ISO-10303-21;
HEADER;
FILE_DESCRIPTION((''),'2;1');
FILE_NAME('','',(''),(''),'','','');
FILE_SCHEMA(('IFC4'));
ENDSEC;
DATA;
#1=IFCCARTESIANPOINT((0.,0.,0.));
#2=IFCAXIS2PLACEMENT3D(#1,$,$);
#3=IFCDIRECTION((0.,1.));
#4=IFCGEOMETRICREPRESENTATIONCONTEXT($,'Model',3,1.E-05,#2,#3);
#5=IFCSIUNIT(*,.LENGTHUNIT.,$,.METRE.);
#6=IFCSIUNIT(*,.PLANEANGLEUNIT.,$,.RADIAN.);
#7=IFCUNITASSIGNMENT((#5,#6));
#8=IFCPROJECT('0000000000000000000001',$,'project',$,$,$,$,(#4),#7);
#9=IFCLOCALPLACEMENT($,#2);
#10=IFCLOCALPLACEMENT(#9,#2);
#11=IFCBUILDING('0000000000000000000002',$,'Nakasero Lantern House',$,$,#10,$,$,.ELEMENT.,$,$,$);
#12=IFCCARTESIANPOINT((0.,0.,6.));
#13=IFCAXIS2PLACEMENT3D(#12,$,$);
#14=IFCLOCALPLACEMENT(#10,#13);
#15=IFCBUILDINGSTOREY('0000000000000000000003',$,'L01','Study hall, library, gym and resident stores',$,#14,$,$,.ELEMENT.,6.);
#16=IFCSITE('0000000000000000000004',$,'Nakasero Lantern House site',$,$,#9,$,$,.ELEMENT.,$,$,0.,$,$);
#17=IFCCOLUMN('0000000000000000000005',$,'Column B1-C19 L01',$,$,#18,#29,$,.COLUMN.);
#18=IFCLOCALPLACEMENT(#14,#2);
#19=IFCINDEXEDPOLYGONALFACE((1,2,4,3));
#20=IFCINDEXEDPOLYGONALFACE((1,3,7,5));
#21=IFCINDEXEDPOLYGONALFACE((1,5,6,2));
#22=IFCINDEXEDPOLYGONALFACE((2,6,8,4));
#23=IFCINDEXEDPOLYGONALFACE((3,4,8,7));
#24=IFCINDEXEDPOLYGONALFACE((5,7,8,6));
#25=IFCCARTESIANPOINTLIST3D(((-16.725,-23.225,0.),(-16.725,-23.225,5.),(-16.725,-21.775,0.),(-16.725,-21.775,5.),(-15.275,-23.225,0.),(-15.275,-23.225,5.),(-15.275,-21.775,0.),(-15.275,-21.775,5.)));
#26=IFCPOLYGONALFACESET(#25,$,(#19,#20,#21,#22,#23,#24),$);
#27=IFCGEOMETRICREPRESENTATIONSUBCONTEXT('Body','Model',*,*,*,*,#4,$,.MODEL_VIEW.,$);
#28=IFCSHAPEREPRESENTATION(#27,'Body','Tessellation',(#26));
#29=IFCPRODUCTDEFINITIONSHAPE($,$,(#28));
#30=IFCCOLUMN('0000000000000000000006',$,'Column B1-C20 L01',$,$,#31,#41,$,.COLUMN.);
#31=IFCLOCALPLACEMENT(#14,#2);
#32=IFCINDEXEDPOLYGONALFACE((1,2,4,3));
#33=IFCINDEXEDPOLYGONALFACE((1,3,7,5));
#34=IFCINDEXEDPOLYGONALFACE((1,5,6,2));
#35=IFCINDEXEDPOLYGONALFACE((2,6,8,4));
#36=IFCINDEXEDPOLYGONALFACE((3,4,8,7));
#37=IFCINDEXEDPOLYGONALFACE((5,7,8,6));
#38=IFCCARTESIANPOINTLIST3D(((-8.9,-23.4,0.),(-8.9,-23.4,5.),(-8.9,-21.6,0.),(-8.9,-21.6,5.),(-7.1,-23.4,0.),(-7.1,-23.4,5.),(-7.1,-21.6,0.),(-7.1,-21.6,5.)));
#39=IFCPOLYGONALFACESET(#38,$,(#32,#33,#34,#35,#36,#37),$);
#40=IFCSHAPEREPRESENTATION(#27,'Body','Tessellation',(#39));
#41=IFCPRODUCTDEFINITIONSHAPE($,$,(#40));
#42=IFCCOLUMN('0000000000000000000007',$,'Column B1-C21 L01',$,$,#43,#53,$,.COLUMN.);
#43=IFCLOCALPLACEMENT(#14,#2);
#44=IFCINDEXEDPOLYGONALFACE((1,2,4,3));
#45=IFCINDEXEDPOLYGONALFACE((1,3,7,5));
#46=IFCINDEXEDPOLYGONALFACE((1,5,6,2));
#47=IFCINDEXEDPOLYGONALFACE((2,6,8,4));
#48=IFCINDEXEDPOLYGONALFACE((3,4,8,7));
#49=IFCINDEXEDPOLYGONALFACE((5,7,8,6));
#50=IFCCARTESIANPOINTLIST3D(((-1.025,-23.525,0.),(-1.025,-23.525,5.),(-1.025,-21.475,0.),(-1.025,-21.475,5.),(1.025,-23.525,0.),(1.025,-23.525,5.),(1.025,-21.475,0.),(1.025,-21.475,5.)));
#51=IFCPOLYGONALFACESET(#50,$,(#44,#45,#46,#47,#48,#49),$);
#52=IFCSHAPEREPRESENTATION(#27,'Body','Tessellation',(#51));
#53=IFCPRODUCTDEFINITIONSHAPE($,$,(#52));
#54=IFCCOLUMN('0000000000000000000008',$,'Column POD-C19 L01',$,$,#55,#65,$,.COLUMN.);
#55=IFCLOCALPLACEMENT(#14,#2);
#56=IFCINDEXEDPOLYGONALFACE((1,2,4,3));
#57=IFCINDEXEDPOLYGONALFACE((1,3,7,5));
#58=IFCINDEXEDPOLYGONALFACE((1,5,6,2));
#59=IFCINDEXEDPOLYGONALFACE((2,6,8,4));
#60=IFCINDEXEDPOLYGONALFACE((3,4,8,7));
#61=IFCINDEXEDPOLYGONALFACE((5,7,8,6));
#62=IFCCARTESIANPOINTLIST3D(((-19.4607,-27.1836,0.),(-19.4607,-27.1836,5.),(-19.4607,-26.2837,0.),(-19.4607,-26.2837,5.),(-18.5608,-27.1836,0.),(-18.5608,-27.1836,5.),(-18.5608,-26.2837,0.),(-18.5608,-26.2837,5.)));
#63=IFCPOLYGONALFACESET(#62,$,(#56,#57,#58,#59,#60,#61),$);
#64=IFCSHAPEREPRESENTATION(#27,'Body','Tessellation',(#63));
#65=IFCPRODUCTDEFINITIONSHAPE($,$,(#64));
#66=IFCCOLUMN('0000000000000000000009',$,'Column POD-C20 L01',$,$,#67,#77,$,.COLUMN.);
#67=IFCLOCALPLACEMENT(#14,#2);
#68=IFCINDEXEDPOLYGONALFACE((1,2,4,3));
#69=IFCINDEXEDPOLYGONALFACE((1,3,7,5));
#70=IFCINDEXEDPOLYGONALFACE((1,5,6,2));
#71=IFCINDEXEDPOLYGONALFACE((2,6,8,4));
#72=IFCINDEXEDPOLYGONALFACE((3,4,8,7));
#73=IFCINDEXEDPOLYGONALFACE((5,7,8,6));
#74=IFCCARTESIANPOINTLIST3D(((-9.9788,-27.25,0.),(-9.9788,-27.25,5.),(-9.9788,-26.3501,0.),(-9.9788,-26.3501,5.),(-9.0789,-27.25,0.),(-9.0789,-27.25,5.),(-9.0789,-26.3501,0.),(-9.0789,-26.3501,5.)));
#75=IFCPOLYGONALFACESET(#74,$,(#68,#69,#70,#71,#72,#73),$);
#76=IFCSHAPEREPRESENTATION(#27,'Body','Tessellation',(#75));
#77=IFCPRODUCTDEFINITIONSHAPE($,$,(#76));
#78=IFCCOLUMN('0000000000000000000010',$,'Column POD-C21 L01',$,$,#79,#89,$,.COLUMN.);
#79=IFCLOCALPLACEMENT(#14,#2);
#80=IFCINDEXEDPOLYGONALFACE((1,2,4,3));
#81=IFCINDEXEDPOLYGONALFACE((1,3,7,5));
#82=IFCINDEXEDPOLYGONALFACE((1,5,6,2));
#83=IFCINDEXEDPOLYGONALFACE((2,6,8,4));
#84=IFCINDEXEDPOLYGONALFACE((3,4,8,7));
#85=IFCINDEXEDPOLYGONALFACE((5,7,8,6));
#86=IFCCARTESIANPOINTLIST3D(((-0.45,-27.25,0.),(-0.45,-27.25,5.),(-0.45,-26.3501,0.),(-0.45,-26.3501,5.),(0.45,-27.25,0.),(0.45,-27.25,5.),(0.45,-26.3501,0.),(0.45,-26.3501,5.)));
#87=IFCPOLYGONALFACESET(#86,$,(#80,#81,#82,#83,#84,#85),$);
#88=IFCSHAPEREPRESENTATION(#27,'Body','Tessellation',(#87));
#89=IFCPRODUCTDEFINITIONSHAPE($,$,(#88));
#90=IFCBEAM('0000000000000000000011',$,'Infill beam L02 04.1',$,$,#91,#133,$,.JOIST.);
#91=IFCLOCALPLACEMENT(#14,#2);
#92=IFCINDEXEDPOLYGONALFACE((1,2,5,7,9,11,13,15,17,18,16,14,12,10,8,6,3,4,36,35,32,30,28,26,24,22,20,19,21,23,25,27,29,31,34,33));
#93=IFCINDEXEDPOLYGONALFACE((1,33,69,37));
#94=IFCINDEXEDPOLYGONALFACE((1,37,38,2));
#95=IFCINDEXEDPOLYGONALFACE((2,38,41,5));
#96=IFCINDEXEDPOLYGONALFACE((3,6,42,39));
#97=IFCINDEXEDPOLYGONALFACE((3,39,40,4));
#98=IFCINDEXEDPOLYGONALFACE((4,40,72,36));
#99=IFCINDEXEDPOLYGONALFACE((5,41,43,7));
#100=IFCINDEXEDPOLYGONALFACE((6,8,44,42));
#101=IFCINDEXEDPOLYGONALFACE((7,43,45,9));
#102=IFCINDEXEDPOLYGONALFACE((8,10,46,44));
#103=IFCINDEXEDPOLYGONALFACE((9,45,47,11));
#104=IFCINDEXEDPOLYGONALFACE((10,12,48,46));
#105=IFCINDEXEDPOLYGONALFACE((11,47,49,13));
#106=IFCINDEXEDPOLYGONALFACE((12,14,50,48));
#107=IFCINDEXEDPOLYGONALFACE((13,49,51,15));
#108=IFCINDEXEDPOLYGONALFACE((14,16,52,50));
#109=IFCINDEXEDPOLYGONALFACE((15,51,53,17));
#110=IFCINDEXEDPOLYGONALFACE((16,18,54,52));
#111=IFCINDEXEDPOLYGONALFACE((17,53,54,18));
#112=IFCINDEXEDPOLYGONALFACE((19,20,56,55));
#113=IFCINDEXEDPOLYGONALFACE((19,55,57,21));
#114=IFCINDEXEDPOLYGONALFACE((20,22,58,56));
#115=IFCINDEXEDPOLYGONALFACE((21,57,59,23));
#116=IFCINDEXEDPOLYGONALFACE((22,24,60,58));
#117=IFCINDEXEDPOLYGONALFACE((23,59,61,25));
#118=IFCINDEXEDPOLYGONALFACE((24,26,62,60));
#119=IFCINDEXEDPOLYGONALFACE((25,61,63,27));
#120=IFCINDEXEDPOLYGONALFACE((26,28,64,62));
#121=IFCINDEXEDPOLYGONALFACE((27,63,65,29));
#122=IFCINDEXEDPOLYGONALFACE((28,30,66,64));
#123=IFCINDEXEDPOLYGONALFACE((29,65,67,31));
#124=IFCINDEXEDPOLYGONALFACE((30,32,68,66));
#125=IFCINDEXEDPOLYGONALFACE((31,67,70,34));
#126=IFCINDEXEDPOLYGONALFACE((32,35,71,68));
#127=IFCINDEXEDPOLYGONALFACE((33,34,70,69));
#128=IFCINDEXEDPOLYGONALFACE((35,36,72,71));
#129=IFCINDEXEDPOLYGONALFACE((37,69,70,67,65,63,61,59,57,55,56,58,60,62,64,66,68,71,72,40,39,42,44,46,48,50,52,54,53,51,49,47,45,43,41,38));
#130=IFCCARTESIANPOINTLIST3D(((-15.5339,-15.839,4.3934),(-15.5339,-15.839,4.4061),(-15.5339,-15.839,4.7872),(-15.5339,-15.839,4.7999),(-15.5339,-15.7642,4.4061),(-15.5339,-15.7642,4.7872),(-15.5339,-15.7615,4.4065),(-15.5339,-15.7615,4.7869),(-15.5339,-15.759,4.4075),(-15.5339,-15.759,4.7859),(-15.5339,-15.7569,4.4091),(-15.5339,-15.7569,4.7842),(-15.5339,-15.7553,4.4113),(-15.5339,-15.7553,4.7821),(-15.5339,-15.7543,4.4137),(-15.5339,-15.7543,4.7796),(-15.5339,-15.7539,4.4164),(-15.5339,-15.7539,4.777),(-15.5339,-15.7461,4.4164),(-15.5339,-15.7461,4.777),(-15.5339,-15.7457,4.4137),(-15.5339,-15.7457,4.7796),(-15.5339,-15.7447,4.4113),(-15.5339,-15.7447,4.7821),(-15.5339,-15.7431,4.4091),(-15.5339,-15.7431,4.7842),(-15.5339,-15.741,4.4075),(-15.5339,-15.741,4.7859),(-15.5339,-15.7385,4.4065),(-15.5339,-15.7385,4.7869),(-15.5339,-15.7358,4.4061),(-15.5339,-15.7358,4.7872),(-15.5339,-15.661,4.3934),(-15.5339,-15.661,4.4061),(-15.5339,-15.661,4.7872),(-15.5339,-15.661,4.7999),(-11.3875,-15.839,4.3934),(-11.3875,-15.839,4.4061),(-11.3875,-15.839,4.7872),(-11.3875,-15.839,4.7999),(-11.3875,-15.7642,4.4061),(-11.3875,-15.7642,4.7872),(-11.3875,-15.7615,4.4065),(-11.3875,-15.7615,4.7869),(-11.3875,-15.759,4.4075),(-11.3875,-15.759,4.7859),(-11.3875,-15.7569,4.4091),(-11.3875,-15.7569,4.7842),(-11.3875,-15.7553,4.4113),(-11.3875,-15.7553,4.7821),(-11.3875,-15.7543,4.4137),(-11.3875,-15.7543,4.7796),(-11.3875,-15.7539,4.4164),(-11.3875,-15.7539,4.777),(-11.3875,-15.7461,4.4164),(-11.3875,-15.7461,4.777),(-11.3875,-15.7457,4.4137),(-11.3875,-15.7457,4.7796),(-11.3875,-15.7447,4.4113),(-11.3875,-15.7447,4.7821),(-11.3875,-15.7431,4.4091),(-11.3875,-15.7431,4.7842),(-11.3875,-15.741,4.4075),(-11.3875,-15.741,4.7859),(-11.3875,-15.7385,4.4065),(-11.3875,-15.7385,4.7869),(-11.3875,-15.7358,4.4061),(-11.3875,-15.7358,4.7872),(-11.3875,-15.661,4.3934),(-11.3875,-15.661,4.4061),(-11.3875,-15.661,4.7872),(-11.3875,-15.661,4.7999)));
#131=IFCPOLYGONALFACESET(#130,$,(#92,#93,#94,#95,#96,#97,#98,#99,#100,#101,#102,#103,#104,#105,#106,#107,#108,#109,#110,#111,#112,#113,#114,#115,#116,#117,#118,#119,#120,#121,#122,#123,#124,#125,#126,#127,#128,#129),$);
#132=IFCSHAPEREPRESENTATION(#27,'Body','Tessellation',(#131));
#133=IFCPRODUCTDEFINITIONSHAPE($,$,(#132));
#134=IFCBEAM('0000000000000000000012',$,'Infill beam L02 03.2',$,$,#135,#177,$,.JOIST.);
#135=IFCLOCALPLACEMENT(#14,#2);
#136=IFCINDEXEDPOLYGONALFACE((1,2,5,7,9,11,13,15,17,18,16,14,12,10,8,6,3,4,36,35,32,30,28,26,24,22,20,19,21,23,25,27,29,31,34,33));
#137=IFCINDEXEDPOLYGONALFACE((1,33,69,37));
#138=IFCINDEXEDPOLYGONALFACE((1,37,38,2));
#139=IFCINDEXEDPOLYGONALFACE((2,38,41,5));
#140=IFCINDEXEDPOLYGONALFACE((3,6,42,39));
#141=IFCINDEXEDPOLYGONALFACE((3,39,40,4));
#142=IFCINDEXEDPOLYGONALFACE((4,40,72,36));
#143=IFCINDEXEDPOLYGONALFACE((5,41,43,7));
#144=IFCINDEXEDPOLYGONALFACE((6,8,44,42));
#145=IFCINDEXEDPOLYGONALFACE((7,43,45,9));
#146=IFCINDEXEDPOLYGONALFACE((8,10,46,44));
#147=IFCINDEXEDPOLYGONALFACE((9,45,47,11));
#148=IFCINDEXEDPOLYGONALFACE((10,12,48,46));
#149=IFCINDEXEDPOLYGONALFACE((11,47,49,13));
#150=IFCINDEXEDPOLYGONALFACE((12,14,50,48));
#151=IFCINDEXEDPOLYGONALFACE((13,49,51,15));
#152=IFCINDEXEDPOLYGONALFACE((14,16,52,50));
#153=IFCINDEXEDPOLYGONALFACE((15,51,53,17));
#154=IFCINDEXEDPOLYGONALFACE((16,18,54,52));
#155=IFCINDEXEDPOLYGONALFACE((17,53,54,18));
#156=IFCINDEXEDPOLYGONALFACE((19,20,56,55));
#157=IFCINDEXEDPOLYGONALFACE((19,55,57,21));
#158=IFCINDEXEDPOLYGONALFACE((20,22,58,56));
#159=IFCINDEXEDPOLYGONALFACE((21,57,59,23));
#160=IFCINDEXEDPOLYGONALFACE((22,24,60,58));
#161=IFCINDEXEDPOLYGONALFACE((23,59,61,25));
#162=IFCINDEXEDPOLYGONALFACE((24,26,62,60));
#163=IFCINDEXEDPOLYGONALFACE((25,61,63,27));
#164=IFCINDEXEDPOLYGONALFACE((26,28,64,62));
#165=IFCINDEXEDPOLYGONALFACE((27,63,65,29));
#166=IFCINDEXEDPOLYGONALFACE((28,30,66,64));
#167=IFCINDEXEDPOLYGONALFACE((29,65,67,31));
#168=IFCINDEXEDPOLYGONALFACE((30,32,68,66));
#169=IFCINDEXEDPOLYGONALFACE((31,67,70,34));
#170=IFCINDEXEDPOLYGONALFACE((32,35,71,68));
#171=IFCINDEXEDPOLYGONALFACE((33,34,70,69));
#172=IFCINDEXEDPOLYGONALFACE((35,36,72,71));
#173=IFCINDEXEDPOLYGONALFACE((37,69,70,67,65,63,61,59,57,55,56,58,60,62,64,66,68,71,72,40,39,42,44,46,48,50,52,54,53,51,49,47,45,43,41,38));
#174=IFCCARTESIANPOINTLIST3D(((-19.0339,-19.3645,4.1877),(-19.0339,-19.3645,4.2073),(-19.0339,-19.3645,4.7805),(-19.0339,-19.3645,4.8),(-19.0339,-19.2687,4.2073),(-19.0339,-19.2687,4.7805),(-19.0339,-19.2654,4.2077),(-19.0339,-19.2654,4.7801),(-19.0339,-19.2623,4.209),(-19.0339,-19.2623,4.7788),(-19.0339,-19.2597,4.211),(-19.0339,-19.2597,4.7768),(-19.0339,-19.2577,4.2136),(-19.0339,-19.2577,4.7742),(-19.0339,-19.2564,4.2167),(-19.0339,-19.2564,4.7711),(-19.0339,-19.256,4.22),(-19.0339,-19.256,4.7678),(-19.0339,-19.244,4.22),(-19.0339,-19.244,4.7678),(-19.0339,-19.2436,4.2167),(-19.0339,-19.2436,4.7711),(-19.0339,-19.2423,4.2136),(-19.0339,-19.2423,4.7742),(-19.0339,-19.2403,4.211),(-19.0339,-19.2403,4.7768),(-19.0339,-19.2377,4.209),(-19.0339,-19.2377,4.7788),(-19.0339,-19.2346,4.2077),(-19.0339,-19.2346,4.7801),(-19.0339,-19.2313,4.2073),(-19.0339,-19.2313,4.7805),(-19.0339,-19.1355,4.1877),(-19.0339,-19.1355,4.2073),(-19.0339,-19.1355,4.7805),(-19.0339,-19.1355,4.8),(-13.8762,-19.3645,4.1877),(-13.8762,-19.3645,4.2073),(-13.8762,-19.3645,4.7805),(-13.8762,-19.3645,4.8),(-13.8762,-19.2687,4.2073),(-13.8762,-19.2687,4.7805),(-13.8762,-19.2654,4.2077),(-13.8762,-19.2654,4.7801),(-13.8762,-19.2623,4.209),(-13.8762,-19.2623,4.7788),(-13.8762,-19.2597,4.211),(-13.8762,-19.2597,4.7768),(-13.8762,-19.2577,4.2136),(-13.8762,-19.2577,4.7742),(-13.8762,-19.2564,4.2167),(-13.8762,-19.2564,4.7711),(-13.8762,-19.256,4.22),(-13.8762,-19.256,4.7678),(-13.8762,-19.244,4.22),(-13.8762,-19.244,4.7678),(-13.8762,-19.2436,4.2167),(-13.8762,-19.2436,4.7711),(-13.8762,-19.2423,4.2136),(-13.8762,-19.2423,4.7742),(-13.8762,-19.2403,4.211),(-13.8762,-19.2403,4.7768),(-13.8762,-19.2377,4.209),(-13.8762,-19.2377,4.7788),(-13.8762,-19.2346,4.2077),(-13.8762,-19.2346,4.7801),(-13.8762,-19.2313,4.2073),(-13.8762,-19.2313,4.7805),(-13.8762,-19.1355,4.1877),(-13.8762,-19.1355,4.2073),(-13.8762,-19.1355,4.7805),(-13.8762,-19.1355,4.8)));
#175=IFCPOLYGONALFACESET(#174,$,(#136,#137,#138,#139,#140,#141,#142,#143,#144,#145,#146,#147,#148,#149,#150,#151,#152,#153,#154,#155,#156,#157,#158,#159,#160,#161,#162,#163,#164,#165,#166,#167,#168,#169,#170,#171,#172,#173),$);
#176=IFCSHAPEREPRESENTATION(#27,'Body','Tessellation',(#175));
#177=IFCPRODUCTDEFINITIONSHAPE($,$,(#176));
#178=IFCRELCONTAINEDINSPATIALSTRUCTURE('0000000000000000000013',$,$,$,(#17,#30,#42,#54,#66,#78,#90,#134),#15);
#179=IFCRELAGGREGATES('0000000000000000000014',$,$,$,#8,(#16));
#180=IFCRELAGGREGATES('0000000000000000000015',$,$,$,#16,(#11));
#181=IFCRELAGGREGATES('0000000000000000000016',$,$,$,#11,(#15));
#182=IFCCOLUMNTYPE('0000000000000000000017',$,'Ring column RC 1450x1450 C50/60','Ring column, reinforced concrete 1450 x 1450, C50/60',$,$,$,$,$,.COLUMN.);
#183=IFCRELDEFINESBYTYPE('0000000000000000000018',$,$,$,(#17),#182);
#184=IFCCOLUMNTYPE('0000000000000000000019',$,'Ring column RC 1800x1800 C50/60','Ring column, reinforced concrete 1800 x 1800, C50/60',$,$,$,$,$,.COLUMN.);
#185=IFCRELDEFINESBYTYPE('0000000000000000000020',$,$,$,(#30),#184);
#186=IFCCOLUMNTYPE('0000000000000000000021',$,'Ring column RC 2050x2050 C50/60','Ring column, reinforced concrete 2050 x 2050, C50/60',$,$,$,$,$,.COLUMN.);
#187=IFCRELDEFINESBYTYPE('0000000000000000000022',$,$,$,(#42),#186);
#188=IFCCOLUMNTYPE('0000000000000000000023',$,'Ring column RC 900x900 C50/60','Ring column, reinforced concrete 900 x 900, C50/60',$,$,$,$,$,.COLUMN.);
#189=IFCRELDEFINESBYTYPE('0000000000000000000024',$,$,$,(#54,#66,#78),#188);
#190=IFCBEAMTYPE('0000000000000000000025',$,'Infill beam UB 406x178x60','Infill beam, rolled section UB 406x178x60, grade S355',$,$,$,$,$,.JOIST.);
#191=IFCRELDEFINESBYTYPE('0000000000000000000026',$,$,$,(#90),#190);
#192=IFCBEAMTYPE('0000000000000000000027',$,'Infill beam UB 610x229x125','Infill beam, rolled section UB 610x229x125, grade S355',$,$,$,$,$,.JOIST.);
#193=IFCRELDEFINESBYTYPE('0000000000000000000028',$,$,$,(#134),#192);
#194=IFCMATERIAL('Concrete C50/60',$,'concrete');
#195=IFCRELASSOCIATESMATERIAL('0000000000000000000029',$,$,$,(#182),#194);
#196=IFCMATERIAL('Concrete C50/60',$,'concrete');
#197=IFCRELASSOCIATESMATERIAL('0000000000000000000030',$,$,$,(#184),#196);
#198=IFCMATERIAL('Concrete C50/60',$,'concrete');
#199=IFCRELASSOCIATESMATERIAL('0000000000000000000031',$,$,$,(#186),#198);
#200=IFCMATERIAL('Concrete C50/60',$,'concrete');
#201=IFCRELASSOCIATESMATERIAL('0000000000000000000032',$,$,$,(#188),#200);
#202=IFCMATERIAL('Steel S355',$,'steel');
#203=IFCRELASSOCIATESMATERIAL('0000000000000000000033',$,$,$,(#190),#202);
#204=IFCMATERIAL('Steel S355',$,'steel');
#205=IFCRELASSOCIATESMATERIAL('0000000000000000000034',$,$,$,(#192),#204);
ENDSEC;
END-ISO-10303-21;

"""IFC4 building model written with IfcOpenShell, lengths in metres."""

from ifc_helpers import new_model, si_unit, direction, frame, origin, origin_2d, place, context, subcontext, project, spatial, rectangle, i_section, extrude, material, material_profile, profile_set, type_object, element, save


model = new_model("IFC4")

# Units and contexts
model_context = context("Model", 3, precision=1e-05, world=origin(), true_north=direction((0.0, 1.0)))
body_context = subcontext(model_context, "Body", "Model", "MODEL_VIEW")
ifc_project = project(units=[si_unit("LENGTHUNIT", "METRE"), si_unit("PLANEANGLEUNIT", "RADIAN")], contexts=[model_context])

# Site, building, storey
site_placement = place(None, origin())
site = spatial("IfcSite", under=ifc_project, at=site_placement, Name="Nakasero Lantern House site", CompositionType="ELEMENT", RefElevation=0.0)
building_placement = place(site_placement, origin())
building = spatial("IfcBuilding", under=site, at=building_placement, Name="Nakasero Lantern House", CompositionType="ELEMENT")
storey_placement = place(building_placement, frame((0.0, 0.0, 6.0)))
storey = spatial("IfcBuildingStorey", under=building, at=storey_placement, Name="L01", Description="Study hall, library, gym and resident stores", CompositionType="ELEMENT", Elevation=6.0)

# Columns
ifc_material_1 = material(Name="Concrete C50/60", Category="concrete")
ifc_material_profile_1 = material_profile(ifc_material_1, rectangle(XDim=1.45, YDim=1.45, at=origin_2d()), Name="RC 1450x1450")
ifc_profile_set_1 = profile_set([ifc_material_profile_1], Name="Concrete C50/60")
column_type_1 = type_object("IfcColumnType", Name="Ring column RC 1450x1450 C50/60", Description="Ring column, reinforced concrete 1450 x 1450, C50/60", PredefinedType="COLUMN", material=ifc_profile_set_1)
column_1_placement = place(storey_placement, frame((-16.0, -22.5, 0.0), z_axis=(0.0, 0.0, 1.0), x_axis=(1.0, 0.0, 0.0)))
element("IfcColumn", 1, at=column_1_placement, inside=storey, type_object=column_type_1, Name="Column B1-C19 L01", PredefinedType="COLUMN", context=body_context, shape_type="SweptSolid", body=[
    extrude(rectangle(XDim=1.45, YDim=1.45, at=origin_2d()), origin(), (0.0, 0.0, 1.0), 5.0),
])
ifc_material_2 = material(Name="Concrete C50/60", Category="concrete")
ifc_material_profile_2 = material_profile(ifc_material_2, rectangle(XDim=1.8, YDim=1.8, at=origin_2d()), Name="RC 1800x1800")
ifc_profile_set_2 = profile_set([ifc_material_profile_2], Name="Concrete C50/60")
column_type_2 = type_object("IfcColumnType", Name="Ring column RC 1800x1800 C50/60", Description="Ring column, reinforced concrete 1800 x 1800, C50/60", PredefinedType="COLUMN", material=ifc_profile_set_2)
column_2_placement = place(storey_placement, frame((-8.0, -22.5, 0.0), z_axis=(0.0, 0.0, 1.0), x_axis=(1.0, 0.0, 0.0)))
element("IfcColumn", 2, at=column_2_placement, inside=storey, type_object=column_type_2, Name="Column B1-C20 L01", PredefinedType="COLUMN", context=body_context, shape_type="SweptSolid", body=[
    extrude(rectangle(XDim=1.8, YDim=1.8, at=origin_2d()), origin(), (0.0, 0.0, 1.0), 5.0),
])
ifc_material_3 = material(Name="Concrete C50/60", Category="concrete")
ifc_material_profile_3 = material_profile(ifc_material_3, rectangle(XDim=2.05, YDim=2.05, at=origin_2d()), Name="RC 2050x2050")
ifc_profile_set_3 = profile_set([ifc_material_profile_3], Name="Concrete C50/60")
column_type_3 = type_object("IfcColumnType", Name="Ring column RC 2050x2050 C50/60", Description="Ring column, reinforced concrete 2050 x 2050, C50/60", PredefinedType="COLUMN", material=ifc_profile_set_3)
column_3_placement = place(storey_placement, frame((0.0, -22.5, 0.0), z_axis=(0.0, 0.0, 1.0), x_axis=(1.0, 0.0, 0.0)))
element("IfcColumn", 3, at=column_3_placement, inside=storey, type_object=column_type_3, Name="Column B1-C21 L01", PredefinedType="COLUMN", context=body_context, shape_type="SweptSolid", body=[
    extrude(rectangle(XDim=2.05, YDim=2.05, at=origin_2d()), origin(), (0.0, 0.0, 1.0), 5.0),
])
ifc_material_4 = material(Name="Concrete C50/60", Category="concrete")
ifc_material_profile_4 = material_profile(ifc_material_4, rectangle(XDim=0.8999, YDim=0.8999, at=origin_2d()), Name="RC 900x900")
ifc_profile_set_4 = profile_set([ifc_material_profile_4], Name="Concrete C50/60")
column_type_4 = type_object("IfcColumnType", Name="Ring column RC 900x900 C50/60", Description="Ring column, reinforced concrete 900 x 900, C50/60", PredefinedType="COLUMN", material=ifc_profile_set_4)
for number, where, z_axis, x_axis, name in (
    (4, (-19.0107, -26.7336, 0.0), (0.0, 0.0, 1.0), (1.0, 0.0, 0.0), "Column POD-C19 L01"),
    (5, (-9.5288, -26.8, 0.0), (0.0, 0.0, 1.0), (1.0, 0.0, 0.0), "Column POD-C20 L01"),
    (6, (0.0, -26.8, 0.0), (0.0, 0.0, 1.0), (1.0, 0.0, 0.0), "Column POD-C21 L01"),
):
    element("IfcColumn", number, at=place(storey_placement, frame(where, z_axis=z_axis, x_axis=x_axis)), inside=storey, type_object=column_type_4, Name=name, PredefinedType="COLUMN", context=body_context, shape_type="SweptSolid", body=[
        extrude(rectangle(XDim=0.8999, YDim=0.8999, at=origin_2d()), origin(), (0.0, 0.0, 1.0), 5.0),
    ])

# Beams
ifc_material_5 = material(Name="Steel S355", Category="steel")
ifc_material_profile_5 = material_profile(ifc_material_5, i_section(OverallWidth=0.178, OverallDepth=0.4065, WebThickness=0.0078, FlangeThickness=0.0127, FilletRadius=0.0103, at=origin_2d()), Name="UB 406x178x60")
ifc_profile_set_5 = profile_set([ifc_material_profile_5], Name="Steel S355")
beam_type_1 = type_object("IfcBeamType", Name="Infill beam UB 406x178x60", Description="Infill beam, rolled section UB 406x178x60, grade S355", PredefinedType="JOIST", material=ifc_profile_set_5)
beam_1_placement = place(storey_placement, frame((-15.5339, -15.75, 4.5967), z_axis=(1.0, 0.0, 0.0), x_axis=(0.0, 1.0, 0.0)))
element("IfcBeam", 7, at=beam_1_placement, inside=storey, type_object=beam_type_1, Name="Infill beam L02 04.1", PredefinedType="JOIST", context=body_context, shape_type="SweptSolid", body=[
    extrude(i_section(OverallWidth=0.178, OverallDepth=0.4065, WebThickness=0.0078, FlangeThickness=0.0127, FilletRadius=0.0103, at=origin_2d()), origin(), (0.0, 0.0, 1.0), 4.1465),
])
ifc_material_6 = material(Name="Steel S355", Category="steel")
ifc_material_profile_6 = material_profile(ifc_material_6, i_section(OverallWidth=0.229, OverallDepth=0.6123, WebThickness=0.012, FlangeThickness=0.0195, FilletRadius=0.0127, at=origin_2d()), Name="UB 610x229x125")
ifc_profile_set_6 = profile_set([ifc_material_profile_6], Name="Steel S355")
beam_type_2 = type_object("IfcBeamType", Name="Infill beam UB 610x229x125", Description="Infill beam, rolled section UB 610x229x125, grade S355", PredefinedType="JOIST", material=ifc_profile_set_6)
beam_2_placement = place(storey_placement, frame((-19.0339, -19.25, 4.4939), z_axis=(1.0, 0.0, 0.0), x_axis=(0.0, 1.0, 0.0)))
element("IfcBeam", 8, at=beam_2_placement, inside=storey, type_object=beam_type_2, Name="Infill beam L02 03.2", PredefinedType="JOIST", context=body_context, shape_type="SweptSolid", body=[
    extrude(i_section(OverallWidth=0.229, OverallDepth=0.6123, WebThickness=0.012, FlangeThickness=0.0195, FilletRadius=0.0127, at=origin_2d()), origin(), (0.0, 0.0, 1.0), 5.1577),
])

save(model, "model.ifc")
